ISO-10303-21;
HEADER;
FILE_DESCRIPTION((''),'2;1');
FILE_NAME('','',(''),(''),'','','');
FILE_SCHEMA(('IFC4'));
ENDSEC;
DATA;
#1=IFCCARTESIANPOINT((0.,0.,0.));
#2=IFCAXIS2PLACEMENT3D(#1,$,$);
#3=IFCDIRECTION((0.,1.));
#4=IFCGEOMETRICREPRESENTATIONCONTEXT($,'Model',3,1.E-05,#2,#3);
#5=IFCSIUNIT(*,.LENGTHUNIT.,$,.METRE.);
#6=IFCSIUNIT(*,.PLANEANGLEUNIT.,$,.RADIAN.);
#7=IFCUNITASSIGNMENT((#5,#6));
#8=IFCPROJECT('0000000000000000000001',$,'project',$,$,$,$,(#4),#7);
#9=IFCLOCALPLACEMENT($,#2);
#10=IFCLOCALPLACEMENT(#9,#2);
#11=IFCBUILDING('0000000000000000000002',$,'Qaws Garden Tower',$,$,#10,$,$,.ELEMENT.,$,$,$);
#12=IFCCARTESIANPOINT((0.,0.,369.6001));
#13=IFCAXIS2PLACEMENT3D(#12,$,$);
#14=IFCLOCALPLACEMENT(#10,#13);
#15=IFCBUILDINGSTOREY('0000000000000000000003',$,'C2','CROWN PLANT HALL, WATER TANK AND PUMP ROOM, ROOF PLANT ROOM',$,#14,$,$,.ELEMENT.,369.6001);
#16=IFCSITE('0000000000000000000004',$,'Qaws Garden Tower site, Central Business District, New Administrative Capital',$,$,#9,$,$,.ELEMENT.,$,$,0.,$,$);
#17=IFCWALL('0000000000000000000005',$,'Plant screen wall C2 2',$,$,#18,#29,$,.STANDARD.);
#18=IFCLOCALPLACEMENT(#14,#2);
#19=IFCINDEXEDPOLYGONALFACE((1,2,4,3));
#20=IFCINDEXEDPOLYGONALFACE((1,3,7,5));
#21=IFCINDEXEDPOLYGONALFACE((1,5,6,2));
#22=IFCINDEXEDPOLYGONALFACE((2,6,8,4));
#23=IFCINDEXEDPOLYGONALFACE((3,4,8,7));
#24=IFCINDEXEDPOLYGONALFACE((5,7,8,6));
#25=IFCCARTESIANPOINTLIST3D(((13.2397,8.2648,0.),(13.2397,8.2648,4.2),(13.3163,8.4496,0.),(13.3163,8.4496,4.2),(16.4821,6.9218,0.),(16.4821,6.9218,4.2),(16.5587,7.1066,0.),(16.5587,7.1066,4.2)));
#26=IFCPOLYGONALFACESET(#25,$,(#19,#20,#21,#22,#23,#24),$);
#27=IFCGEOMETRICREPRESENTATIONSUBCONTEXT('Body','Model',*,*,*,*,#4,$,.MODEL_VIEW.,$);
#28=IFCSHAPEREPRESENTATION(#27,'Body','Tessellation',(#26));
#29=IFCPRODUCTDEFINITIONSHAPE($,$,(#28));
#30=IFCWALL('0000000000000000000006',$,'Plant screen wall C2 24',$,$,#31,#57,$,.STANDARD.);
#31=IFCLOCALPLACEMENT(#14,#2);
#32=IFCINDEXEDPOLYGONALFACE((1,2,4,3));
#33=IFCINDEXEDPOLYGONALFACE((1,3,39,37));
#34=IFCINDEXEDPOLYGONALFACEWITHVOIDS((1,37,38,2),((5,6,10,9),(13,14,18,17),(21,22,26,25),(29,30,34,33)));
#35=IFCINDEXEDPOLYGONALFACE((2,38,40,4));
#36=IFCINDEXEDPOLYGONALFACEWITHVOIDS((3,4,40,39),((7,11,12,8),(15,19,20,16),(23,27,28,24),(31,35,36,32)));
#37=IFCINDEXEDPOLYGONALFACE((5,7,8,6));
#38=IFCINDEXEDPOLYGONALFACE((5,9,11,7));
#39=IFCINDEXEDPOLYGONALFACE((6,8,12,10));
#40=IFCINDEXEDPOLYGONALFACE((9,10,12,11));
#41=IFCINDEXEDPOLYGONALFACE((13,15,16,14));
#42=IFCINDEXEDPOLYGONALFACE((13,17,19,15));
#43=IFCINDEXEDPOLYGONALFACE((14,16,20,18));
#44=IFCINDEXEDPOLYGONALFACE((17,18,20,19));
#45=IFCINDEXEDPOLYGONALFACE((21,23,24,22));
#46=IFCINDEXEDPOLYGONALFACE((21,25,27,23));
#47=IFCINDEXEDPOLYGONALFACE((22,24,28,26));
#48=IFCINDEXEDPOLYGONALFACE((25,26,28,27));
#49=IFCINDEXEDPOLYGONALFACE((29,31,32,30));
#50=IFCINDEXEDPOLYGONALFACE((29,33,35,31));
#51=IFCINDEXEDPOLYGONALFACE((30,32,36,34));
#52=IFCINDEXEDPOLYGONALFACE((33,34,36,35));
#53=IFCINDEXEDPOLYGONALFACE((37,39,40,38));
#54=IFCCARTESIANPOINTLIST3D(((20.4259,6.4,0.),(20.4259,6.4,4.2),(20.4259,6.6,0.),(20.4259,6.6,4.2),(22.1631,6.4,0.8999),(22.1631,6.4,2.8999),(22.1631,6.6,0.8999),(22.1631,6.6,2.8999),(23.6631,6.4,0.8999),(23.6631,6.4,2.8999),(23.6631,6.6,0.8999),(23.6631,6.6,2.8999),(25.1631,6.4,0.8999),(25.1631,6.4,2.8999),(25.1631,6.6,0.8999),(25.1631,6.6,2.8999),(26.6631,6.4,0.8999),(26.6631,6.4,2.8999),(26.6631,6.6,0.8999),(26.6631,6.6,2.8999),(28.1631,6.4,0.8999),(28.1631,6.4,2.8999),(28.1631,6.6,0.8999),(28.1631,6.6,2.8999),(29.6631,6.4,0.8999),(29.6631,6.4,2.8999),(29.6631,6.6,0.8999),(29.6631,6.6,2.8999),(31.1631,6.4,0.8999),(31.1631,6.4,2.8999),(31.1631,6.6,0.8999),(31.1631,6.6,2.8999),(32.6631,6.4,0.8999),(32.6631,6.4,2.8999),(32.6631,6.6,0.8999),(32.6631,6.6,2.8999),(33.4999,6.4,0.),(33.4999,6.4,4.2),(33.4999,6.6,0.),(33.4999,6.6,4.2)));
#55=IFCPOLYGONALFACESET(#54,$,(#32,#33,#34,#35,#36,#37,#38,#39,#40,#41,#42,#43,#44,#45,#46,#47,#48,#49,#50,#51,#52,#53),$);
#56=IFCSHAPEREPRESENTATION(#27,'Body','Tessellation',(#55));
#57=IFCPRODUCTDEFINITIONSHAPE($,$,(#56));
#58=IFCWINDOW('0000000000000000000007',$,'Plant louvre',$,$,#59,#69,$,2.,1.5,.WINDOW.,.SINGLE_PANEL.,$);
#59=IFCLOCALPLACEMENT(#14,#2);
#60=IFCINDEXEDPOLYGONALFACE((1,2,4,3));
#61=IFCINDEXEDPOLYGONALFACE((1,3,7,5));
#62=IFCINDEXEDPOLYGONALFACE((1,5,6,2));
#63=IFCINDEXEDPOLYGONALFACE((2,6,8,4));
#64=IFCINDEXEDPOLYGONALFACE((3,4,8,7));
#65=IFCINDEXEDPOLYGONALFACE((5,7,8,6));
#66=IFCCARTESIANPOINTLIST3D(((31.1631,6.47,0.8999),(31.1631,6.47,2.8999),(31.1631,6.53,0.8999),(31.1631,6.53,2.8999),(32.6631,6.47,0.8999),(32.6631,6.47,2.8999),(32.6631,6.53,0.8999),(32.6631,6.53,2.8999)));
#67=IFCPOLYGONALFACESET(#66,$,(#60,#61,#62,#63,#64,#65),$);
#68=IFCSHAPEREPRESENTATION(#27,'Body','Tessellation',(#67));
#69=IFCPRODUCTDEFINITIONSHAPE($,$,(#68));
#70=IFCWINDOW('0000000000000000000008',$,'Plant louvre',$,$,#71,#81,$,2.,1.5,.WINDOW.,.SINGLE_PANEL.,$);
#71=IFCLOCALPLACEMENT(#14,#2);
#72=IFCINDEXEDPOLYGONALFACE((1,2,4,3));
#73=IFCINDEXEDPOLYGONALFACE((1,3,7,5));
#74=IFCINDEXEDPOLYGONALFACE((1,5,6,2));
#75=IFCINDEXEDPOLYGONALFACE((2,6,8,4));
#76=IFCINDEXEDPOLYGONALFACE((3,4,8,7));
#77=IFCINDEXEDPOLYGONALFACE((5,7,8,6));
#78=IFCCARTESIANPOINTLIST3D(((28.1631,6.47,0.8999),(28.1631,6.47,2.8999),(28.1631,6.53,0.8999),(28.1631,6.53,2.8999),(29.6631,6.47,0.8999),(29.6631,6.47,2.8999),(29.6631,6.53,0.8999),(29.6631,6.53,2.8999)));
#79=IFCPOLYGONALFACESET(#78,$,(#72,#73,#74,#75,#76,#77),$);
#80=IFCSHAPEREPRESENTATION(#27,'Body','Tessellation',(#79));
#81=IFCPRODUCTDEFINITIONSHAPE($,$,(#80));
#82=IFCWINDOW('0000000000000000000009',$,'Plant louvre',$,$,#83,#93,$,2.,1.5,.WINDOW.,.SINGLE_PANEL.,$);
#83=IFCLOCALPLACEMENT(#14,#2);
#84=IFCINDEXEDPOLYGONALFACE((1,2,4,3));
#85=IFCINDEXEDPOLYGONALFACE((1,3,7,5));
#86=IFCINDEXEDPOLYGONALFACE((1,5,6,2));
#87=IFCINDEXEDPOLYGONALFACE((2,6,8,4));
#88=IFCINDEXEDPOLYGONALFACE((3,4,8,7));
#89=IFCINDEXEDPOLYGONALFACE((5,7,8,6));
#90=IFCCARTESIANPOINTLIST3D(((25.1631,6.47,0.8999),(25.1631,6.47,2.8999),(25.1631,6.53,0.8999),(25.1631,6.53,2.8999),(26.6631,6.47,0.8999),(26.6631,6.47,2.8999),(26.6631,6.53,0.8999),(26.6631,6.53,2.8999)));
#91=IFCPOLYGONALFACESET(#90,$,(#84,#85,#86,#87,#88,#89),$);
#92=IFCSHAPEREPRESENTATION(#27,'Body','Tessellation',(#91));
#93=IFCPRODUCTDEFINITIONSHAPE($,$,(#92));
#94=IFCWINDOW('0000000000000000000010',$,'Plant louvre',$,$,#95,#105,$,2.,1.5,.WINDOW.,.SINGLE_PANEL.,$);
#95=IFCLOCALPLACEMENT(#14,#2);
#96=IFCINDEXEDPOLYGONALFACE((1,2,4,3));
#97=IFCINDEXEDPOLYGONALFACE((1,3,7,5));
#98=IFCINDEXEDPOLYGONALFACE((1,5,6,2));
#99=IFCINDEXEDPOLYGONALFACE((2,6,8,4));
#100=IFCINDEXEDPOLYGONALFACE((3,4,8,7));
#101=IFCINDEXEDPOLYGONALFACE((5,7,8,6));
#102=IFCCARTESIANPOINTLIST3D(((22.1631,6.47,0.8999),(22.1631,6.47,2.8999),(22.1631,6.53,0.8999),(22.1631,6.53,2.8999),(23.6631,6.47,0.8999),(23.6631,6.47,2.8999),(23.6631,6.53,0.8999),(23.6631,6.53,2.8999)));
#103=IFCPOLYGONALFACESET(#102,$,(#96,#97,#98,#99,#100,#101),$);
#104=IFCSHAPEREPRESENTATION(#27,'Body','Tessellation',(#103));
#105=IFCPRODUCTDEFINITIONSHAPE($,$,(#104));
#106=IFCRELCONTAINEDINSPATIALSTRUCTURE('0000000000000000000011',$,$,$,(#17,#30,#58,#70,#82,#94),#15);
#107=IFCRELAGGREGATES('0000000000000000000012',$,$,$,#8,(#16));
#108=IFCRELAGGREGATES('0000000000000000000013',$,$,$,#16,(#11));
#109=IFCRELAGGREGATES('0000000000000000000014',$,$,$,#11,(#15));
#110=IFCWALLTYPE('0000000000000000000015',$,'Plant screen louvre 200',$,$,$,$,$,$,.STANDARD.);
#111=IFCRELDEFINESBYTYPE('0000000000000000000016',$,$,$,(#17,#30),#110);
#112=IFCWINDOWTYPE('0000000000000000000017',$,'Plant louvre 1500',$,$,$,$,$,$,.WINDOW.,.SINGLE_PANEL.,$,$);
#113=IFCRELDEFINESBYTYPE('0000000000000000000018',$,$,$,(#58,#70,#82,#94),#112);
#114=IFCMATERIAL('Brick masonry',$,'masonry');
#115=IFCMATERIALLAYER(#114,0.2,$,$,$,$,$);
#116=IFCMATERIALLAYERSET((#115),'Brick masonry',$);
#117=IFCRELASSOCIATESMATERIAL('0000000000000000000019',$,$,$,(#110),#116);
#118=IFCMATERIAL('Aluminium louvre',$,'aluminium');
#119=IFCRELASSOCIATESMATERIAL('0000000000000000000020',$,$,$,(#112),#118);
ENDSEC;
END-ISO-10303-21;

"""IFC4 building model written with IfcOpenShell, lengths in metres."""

from ifc_helpers import new_model, si_unit, direction, frame, frame_2d, origin, place, context, subcontext, project, spatial, rectangle, extrude, material, layer, layer_set, type_object, element, fill, save


model = new_model("IFC4")

# Units and contexts
model_context = context("Model", 3, precision=1e-05, world=origin(), true_north=direction((0.0, 1.0)))
body_context = subcontext(model_context, "Body", "Model", "MODEL_VIEW")
ifc_project = project(units=[si_unit("LENGTHUNIT", "METRE"), si_unit("PLANEANGLEUNIT", "RADIAN")], contexts=[model_context])

# Site, building, storey
site_placement = place(None, origin())
site = spatial("IfcSite", under=ifc_project, at=site_placement, Name="Qaws Garden Tower site, Central Business District, New Administrative Capital", CompositionType="ELEMENT", RefElevation=0.0)
building_placement = place(site_placement, origin())
building = spatial("IfcBuilding", under=site, at=building_placement, Name="Qaws Garden Tower", CompositionType="ELEMENT")
storey_placement = place(building_placement, frame((0.0, 0.0, 369.6001)))
storey = spatial("IfcBuildingStorey", under=building, at=storey_placement, Name="C2", Description="CROWN PLANT HALL, WATER TANK AND PUMP ROOM, ROOF PLANT ROOM", CompositionType="ELEMENT", Elevation=369.6001)

# Shared definitions
ifc_material_1 = material(Name="Brick masonry", Category="masonry")
ifc_layer_1 = layer(ifc_material_1, 0.2)
ifc_layer_set_1 = layer_set([ifc_layer_1], Name="Brick masonry")
wall_type_1 = type_object("IfcWallType", Name="Plant screen louvre 200", PredefinedType="STANDARD", material=ifc_layer_set_1)
ifc_material_2 = material(Name="Aluminium louvre", Category="aluminium")
window_type = type_object("IfcWindowType", Name="Plant louvre 1500", PartitioningType="SINGLE_PANEL", PredefinedType="WINDOW", material=ifc_material_2)

# Wall
wall_1_placement = place(storey_placement, frame((16.5205, 7.0142, 0.0), z_axis=(0.0, 0.0, 1.0), x_axis=(-0.923884, 0.382673, 0.0)))
element("IfcWall", 1, at=wall_1_placement, inside=storey, type_object=wall_type_1, Name="Plant screen wall C2 2", PredefinedType="STANDARD", context=body_context, shape_type="SweptSolid", body=[
    extrude(rectangle(XDim=3.5095, YDim=0.2, at=frame_2d((1.7549, 0.0))), origin(), (0.0, 0.0, 1.0), 4.2),
])

# Wall, openings, windows
wall_2_placement = place(storey_placement, frame((33.5, 6.5, 0.0), z_axis=(0.0, 0.0, 1.0), x_axis=(-1.0, 0.0, 0.0)))
wall_2 = element("IfcWall", 2, at=wall_2_placement, inside=storey, type_object=wall_type_1, Name="Plant screen wall C2 24", PredefinedType="STANDARD", context=body_context, shape_type="SweptSolid", body=[
    extrude(rectangle(XDim=13.074, YDim=0.2, at=frame_2d((6.5371, 0.0))), origin(), (0.0, 0.0, 1.0), 4.2),
])
opening_1_placement = place(wall_2_placement, frame((0.8369, 0.0, 0.8999)))
opening_1 = element("IfcOpeningElement", 3, at=opening_1_placement, cuts=wall_2, PredefinedType="OPENING", context=body_context, shape_type="SweptSolid", body=[
    extrude(rectangle(XDim=1.5, YDim=2.0, at=frame_2d((0.75, 1.0))), frame((0.0, 0.1099, 0.0), z_axis=(0.0, -1.0, 0.0), x_axis=(1.0, 0.0, 0.0)), (0.0, 0.0, 1.0), 0.22),
])
opening_2_placement = place(wall_2_placement, frame((3.8369, 0.0, 0.8999)))
opening_2 = element("IfcOpeningElement", 4, at=opening_2_placement, cuts=wall_2, PredefinedType="OPENING", context=body_context, shape_type="SweptSolid", body=[
    extrude(rectangle(XDim=1.5, YDim=2.0, at=frame_2d((0.75, 1.0))), frame((0.0, 0.1099, 0.0), z_axis=(0.0, -1.0, 0.0), x_axis=(1.0, 0.0, 0.0)), (0.0, 0.0, 1.0), 0.22),
])
opening_3_placement = place(wall_2_placement, frame((6.8369, 0.0, 0.8999)))
opening_3 = element("IfcOpeningElement", 5, at=opening_3_placement, cuts=wall_2, PredefinedType="OPENING", context=body_context, shape_type="SweptSolid", body=[
    extrude(rectangle(XDim=1.5, YDim=2.0, at=frame_2d((0.75, 1.0))), frame((0.0, 0.1099, 0.0), z_axis=(0.0, -1.0, 0.0), x_axis=(1.0, 0.0, 0.0)), (0.0, 0.0, 1.0), 0.22),
])
opening_4_placement = place(wall_2_placement, frame((9.8369, 0.0, 0.8999)))
opening_4 = element("IfcOpeningElement", 6, at=opening_4_placement, cuts=wall_2, PredefinedType="OPENING", context=body_context, shape_type="SweptSolid", body=[
    extrude(rectangle(XDim=1.5, YDim=2.0, at=frame_2d((0.75, 1.0))), frame((0.0, 0.1099, 0.0), z_axis=(0.0, -1.0, 0.0), x_axis=(1.0, 0.0, 0.0)), (0.0, 0.0, 1.0), 0.22),
])
window_1_placement = place(opening_1_placement, origin())
window_1 = element("IfcWindow", 7, at=window_1_placement, inside=storey, type_object=window_type, Name="Plant louvre", OverallHeight=2.0, OverallWidth=1.5, PartitioningType="SINGLE_PANEL", PredefinedType="WINDOW", context=body_context, shape_type="SweptSolid", body=[
    extrude(rectangle(XDim=1.5, YDim=2.0, at=frame_2d((0.75, 1.0))), frame((0.0, 0.03, 0.0), z_axis=(0.0, -1.0, 0.0), x_axis=(1.0, 0.0, 0.0)), (0.0, 0.0, 1.0), 0.0601),
])
fill(opening_1, window_1)
window_2_placement = place(opening_2_placement, origin())
window_2 = element("IfcWindow", 8, at=window_2_placement, inside=storey, type_object=window_type, Name="Plant louvre", OverallHeight=2.0, OverallWidth=1.5, PartitioningType="SINGLE_PANEL", PredefinedType="WINDOW", context=body_context, shape_type="SweptSolid", body=[
    extrude(rectangle(XDim=1.5, YDim=2.0, at=frame_2d((0.75, 1.0))), frame((0.0, 0.03, 0.0), z_axis=(0.0, -1.0, 0.0), x_axis=(1.0, 0.0, 0.0)), (0.0, 0.0, 1.0), 0.0601),
])
fill(opening_2, window_2)
window_3_placement = place(opening_3_placement, origin())
window_3 = element("IfcWindow", 9, at=window_3_placement, inside=storey, type_object=window_type, Name="Plant louvre", OverallHeight=2.0, OverallWidth=1.5, PartitioningType="SINGLE_PANEL", PredefinedType="WINDOW", context=body_context, shape_type="SweptSolid", body=[
    extrude(rectangle(XDim=1.5, YDim=2.0, at=frame_2d((0.75, 1.0))), frame((0.0, 0.03, 0.0), z_axis=(0.0, -1.0, 0.0), x_axis=(1.0, 0.0, 0.0)), (0.0, 0.0, 1.0), 0.0601),
])
fill(opening_3, window_3)
window_4_placement = place(opening_4_placement, origin())
window_4 = element("IfcWindow", 10, at=window_4_placement, inside=storey, type_object=window_type, Name="Plant louvre", OverallHeight=2.0, OverallWidth=1.5, PartitioningType="SINGLE_PANEL", PredefinedType="WINDOW", context=body_context, shape_type="SweptSolid", body=[
    extrude(rectangle(XDim=1.5, YDim=2.0, at=frame_2d((0.75, 1.0))), frame((0.0, 0.03, 0.0), z_axis=(0.0, -1.0, 0.0), x_axis=(1.0, 0.0, 0.0)), (0.0, 0.0, 1.0), 0.0601),
])
fill(opening_4, window_4)

save(model, "model.ifc")
